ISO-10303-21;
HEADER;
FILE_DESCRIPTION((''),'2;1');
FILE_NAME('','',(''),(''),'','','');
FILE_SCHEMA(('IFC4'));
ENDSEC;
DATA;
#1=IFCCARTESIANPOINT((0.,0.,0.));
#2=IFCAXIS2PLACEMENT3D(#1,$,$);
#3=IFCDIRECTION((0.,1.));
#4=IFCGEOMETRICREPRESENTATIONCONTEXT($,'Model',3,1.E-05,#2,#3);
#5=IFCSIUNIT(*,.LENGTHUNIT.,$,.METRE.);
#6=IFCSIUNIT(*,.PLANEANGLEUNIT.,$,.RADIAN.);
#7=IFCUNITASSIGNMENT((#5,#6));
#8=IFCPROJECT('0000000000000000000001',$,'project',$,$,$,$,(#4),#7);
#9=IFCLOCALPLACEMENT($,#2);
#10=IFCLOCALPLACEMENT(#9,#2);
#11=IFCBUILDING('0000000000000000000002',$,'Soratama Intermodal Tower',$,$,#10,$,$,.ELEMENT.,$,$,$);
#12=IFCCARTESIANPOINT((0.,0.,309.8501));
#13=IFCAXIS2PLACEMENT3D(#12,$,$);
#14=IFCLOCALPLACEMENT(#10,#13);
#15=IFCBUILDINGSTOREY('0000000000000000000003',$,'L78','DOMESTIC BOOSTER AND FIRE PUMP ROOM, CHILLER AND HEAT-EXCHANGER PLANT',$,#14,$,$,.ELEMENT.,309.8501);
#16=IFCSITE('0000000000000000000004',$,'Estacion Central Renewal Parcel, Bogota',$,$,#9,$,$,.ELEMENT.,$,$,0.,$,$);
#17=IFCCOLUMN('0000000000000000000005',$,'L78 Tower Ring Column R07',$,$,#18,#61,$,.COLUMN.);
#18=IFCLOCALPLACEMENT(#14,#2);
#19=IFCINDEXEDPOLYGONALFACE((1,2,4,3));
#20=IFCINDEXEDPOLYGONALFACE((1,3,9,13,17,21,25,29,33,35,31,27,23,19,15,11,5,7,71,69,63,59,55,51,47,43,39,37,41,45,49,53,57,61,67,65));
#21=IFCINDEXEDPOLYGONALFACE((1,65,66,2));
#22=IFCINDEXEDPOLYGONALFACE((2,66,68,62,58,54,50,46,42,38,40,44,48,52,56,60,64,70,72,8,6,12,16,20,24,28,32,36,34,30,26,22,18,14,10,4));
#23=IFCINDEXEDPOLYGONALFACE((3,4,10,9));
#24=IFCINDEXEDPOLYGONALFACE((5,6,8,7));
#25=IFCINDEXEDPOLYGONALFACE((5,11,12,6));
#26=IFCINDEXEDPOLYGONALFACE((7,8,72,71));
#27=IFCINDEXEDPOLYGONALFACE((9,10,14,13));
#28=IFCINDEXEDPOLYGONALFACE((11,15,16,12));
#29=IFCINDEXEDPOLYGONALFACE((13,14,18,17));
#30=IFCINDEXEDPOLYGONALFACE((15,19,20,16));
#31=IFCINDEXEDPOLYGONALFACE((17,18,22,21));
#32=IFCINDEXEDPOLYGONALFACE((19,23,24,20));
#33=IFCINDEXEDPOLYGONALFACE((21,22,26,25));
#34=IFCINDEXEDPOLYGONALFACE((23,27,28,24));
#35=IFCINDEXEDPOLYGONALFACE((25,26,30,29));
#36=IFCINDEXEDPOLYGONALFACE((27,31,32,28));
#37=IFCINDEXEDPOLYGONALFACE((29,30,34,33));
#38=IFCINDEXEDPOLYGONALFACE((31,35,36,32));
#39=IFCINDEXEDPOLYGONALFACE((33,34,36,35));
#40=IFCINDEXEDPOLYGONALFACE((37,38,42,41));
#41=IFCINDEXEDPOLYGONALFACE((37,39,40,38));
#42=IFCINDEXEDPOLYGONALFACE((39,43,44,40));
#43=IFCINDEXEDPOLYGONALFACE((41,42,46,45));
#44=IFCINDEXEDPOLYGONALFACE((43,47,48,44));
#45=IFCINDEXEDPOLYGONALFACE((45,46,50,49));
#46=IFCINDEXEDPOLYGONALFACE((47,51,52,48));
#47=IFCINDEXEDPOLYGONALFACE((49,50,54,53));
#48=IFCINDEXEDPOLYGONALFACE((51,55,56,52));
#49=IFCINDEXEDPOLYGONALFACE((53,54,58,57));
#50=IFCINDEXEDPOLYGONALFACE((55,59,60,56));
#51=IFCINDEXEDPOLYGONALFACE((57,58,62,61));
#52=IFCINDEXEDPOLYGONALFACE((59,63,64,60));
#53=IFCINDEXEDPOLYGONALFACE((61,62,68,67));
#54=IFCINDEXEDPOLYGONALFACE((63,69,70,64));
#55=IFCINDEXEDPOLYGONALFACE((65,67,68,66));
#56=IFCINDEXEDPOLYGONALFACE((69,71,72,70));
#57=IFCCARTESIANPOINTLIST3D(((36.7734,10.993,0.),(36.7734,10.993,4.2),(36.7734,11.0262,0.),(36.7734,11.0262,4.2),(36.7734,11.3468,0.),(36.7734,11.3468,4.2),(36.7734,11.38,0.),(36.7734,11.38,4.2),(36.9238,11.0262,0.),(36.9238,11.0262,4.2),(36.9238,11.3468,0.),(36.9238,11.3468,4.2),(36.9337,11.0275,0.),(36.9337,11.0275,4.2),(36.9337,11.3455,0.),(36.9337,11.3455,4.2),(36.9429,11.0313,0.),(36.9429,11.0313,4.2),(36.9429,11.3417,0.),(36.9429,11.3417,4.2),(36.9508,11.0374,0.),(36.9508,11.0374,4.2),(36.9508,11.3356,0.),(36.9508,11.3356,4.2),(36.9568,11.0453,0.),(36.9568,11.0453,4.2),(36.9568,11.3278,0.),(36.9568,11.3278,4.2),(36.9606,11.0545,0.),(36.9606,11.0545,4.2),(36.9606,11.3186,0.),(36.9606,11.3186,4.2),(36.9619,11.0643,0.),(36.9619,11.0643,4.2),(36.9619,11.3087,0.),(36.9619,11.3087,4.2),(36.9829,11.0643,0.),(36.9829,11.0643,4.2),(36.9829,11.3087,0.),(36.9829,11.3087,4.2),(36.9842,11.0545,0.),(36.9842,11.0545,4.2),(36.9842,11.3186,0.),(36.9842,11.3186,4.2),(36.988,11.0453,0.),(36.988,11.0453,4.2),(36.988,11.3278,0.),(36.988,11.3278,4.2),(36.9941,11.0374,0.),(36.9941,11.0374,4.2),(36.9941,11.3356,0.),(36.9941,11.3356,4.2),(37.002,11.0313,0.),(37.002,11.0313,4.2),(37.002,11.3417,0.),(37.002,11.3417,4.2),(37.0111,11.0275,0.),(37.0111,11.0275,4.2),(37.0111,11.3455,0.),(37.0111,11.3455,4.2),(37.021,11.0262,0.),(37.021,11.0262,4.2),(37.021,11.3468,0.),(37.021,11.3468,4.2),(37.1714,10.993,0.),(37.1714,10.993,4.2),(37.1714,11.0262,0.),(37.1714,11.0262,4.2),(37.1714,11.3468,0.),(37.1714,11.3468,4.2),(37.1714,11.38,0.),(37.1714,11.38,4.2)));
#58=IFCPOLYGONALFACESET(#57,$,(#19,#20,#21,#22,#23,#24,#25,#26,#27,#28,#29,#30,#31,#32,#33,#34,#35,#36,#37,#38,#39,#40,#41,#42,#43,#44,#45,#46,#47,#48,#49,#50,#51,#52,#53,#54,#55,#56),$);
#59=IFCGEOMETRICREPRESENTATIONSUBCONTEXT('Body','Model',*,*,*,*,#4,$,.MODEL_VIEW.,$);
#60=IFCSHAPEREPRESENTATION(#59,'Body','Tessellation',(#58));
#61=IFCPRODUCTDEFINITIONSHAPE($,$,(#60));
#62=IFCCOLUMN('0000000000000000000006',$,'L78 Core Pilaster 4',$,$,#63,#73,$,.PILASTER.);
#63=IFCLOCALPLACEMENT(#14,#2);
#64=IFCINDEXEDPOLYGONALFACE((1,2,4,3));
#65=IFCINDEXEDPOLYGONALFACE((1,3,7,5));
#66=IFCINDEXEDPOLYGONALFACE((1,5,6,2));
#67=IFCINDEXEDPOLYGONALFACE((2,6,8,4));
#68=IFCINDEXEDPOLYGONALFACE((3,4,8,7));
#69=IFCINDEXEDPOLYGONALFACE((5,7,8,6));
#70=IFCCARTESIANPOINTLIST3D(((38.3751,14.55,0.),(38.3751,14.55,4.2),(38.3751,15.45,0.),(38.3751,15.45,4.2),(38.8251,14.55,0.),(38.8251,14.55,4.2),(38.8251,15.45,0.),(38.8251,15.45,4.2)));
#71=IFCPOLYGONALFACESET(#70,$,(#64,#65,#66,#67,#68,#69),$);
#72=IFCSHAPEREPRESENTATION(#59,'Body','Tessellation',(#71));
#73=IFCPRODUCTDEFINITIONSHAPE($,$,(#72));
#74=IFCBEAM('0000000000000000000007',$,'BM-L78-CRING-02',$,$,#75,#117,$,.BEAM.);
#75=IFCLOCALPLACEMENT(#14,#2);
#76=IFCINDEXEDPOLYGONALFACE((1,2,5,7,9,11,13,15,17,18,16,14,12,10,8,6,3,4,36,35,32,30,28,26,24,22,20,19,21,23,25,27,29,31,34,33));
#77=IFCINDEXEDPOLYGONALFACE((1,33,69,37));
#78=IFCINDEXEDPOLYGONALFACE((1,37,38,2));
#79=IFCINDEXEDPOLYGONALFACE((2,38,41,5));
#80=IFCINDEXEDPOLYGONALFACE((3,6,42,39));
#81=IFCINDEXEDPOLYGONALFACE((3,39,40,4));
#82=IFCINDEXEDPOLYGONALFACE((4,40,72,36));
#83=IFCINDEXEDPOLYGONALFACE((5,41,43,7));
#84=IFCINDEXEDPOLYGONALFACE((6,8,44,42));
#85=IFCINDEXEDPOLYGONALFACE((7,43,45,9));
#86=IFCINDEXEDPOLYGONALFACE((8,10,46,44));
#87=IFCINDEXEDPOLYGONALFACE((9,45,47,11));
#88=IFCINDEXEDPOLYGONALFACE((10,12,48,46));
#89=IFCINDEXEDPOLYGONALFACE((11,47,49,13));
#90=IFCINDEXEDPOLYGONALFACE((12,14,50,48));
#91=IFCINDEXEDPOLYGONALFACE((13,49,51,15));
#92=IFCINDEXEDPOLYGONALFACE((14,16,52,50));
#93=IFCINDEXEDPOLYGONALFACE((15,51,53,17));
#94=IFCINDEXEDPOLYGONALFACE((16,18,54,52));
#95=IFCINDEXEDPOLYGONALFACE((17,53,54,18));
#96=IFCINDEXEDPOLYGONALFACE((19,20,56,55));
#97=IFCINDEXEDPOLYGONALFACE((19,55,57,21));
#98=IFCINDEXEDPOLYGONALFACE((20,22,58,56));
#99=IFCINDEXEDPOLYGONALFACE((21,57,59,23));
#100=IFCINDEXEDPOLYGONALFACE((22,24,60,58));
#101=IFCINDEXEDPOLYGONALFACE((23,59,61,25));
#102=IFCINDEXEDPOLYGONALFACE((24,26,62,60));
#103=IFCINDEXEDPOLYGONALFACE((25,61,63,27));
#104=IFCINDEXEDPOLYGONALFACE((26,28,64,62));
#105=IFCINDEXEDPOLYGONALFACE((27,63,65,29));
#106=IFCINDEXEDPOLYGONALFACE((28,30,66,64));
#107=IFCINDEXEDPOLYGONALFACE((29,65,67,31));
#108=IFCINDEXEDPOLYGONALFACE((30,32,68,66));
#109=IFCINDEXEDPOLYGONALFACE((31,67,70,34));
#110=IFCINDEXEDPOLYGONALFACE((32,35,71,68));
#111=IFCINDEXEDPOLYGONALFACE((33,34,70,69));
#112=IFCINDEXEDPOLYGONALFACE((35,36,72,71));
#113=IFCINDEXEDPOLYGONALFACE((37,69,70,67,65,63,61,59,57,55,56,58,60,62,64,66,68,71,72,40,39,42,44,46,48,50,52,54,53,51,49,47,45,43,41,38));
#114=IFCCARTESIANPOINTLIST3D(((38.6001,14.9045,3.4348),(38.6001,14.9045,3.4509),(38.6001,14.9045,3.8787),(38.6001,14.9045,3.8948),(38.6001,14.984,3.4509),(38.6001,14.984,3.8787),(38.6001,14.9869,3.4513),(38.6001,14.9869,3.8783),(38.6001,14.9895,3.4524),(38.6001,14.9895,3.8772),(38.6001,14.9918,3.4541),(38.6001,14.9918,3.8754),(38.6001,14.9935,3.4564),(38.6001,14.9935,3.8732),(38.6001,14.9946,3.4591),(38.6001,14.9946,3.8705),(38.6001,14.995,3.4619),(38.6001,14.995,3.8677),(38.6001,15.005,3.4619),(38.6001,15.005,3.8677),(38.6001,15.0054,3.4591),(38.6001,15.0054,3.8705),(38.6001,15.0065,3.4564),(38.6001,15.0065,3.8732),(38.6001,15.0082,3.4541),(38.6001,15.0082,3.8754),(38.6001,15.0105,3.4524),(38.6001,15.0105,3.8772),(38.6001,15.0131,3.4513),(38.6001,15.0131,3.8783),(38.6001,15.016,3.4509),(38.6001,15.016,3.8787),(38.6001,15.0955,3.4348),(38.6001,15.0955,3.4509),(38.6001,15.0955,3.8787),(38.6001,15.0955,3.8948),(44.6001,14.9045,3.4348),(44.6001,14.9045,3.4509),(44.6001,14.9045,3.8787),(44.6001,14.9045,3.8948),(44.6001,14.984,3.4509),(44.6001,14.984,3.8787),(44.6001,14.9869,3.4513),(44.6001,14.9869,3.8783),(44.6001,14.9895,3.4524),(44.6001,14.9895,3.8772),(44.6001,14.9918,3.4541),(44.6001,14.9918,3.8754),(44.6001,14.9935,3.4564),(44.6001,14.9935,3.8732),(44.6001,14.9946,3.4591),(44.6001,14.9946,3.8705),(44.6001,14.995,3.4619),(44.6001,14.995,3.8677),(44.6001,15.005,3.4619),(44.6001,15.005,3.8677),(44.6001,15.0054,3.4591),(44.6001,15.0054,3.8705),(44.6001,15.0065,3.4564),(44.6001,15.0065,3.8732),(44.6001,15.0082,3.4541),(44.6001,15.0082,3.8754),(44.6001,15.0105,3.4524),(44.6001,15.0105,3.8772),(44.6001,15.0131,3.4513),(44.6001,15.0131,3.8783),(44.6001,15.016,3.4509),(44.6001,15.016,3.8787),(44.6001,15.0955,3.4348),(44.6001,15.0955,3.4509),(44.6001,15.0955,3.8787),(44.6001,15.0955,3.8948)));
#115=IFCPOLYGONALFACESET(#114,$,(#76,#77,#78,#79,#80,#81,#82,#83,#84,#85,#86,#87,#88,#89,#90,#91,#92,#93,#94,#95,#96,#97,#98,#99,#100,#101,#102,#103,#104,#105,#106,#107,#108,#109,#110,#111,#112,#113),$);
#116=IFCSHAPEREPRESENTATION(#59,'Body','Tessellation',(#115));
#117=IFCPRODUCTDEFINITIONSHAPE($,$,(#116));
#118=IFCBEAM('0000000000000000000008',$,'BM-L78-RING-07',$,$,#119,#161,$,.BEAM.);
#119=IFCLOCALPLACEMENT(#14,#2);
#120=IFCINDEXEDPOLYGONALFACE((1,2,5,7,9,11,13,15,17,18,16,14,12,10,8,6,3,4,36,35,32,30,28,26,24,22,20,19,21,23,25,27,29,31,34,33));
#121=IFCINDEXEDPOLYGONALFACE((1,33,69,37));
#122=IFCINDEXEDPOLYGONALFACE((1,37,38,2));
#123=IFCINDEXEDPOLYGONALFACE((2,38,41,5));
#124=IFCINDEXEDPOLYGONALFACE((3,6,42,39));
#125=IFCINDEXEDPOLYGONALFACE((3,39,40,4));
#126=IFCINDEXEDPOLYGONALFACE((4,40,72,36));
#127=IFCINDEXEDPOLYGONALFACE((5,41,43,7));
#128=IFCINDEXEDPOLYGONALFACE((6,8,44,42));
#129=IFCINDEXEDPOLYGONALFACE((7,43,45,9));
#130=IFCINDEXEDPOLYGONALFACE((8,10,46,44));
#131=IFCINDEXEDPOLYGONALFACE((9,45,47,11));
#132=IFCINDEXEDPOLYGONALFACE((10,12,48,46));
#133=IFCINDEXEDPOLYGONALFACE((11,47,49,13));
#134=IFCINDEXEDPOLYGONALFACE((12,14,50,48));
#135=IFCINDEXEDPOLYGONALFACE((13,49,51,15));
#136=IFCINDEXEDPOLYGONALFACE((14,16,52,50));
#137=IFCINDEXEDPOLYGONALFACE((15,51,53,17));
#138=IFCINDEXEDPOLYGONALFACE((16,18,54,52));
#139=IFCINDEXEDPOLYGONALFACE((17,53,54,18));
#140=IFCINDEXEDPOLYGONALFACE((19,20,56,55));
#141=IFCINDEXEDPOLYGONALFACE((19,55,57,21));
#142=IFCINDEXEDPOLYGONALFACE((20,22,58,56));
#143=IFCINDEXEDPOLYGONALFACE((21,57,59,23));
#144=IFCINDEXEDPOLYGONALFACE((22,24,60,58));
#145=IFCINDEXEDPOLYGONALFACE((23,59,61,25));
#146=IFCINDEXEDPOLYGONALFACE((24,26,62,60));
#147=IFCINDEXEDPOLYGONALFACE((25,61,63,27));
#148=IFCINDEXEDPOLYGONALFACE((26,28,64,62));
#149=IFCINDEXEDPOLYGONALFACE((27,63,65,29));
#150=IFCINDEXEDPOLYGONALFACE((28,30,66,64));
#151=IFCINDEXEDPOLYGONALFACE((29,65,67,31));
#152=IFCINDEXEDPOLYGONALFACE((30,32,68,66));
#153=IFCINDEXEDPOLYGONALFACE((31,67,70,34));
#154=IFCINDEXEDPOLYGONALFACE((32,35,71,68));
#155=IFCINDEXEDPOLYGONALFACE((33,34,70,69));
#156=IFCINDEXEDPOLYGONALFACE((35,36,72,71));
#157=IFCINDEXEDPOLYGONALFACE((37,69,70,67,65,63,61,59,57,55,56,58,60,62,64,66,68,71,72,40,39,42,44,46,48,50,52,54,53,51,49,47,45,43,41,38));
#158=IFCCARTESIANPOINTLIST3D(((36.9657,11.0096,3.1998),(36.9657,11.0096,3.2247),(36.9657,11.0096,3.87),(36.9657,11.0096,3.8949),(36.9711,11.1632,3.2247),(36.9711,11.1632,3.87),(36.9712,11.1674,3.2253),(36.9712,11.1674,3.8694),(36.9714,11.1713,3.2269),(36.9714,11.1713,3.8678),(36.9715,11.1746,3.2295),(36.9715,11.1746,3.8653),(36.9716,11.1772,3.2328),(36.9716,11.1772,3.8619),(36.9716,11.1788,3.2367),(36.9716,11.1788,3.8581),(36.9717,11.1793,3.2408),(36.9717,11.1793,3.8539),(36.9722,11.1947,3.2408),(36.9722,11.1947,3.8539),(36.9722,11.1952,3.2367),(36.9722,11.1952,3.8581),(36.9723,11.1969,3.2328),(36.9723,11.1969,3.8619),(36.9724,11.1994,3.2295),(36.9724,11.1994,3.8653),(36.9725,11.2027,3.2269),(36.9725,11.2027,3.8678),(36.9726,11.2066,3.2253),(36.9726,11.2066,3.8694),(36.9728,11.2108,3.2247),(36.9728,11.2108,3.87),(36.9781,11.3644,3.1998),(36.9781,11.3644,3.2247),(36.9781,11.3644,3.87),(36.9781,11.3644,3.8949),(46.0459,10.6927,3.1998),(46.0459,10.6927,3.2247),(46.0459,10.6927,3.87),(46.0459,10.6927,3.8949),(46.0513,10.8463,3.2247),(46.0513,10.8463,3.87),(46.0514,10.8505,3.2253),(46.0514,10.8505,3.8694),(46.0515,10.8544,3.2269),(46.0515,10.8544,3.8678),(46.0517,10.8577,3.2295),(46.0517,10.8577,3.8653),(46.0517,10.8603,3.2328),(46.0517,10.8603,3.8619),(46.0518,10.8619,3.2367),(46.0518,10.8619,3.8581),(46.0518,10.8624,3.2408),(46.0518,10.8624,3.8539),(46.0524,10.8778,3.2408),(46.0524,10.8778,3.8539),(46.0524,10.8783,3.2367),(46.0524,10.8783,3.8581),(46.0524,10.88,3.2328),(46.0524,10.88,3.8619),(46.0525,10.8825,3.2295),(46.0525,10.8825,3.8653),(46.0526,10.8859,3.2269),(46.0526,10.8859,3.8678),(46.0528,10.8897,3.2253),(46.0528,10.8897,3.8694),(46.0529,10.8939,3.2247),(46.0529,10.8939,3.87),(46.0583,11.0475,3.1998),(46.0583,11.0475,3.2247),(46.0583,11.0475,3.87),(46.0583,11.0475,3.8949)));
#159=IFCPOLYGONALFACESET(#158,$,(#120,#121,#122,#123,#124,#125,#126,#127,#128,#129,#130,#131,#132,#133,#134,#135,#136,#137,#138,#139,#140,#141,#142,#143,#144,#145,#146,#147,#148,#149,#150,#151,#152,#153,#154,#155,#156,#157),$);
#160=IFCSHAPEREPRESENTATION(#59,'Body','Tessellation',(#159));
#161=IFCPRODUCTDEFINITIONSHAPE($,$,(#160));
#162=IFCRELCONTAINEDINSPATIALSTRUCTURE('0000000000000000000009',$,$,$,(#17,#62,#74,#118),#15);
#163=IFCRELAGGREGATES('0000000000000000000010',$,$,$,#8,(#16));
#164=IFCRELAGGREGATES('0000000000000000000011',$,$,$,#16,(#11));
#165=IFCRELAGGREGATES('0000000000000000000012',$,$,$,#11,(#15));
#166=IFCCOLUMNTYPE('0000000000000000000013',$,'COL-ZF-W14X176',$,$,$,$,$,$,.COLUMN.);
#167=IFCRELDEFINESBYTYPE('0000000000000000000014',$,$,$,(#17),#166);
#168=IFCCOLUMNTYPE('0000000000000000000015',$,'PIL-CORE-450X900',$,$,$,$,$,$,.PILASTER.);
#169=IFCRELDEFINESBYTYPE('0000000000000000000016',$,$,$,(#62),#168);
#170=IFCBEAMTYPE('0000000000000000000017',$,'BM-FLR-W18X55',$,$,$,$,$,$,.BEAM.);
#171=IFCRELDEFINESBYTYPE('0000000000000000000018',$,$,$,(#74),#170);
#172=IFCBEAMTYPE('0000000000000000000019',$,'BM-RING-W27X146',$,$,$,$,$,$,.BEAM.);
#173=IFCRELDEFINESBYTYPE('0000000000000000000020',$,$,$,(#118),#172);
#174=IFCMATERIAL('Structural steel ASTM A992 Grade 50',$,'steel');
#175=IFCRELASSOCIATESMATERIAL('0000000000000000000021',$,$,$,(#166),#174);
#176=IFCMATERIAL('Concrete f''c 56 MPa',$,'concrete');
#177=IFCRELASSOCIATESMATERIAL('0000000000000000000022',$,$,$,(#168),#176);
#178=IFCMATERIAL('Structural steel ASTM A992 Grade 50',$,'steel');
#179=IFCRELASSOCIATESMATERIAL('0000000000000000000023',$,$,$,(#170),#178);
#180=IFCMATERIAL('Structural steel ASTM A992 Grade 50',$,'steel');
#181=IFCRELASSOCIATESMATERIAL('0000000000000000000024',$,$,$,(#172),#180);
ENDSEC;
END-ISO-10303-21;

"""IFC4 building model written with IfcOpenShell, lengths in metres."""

from ifc_helpers import new_model, si_unit, direction, frame, origin, origin_2d, place, context, subcontext, project, spatial, rectangle, i_section, extrude, material, material_profile, profile_set, type_object, element, save


model = new_model("IFC4")

# Units and contexts
model_context = context("Model", 3, precision=1e-05, world=origin(), true_north=direction((0.0, 1.0)))
body_context = subcontext(model_context, "Body", "Model", "MODEL_VIEW")
ifc_project = project(units=[si_unit("LENGTHUNIT", "METRE"), si_unit("PLANEANGLEUNIT", "RADIAN")], contexts=[model_context])

# Site, building, storey
site_placement = place(None, origin())
site = spatial("IfcSite", under=ifc_project, at=site_placement, Name="Estacion Central Renewal Parcel, Bogota", CompositionType="ELEMENT", RefElevation=0.0)
building_placement = place(site_placement, origin())
building = spatial("IfcBuilding", under=site, at=building_placement, Name="Soratama Intermodal Tower", CompositionType="ELEMENT")
storey_placement = place(building_placement, frame((0.0, 0.0, 309.8501)))
storey = spatial("IfcBuildingStorey", under=building, at=storey_placement, Name="L78", Description="DOMESTIC BOOSTER AND FIRE PUMP ROOM, CHILLER AND HEAT-EXCHANGER PLANT", CompositionType="ELEMENT", Elevation=309.8501)

# Columns
ifc_material_1 = material(Name="Structural steel ASTM A992 Grade 50", Category="steel")
ifc_material_profile_1 = material_profile(ifc_material_1, i_section(OverallWidth=0.3979, OverallDepth=0.387, WebThickness=0.021, FlangeThickness=0.0332, FilletRadius=0.0381, at=origin_2d()), Name="W14X176")
ifc_profile_set_1 = profile_set([ifc_material_profile_1], Name="Structural steel ASTM A992 Grade 50")
column_type_1 = type_object("IfcColumnType", Name="COL-ZF-W14X176", PredefinedType="COLUMN", material=ifc_profile_set_1)
column_1_placement = place(storey_placement, frame((36.9724, 11.1865, 0.0), z_axis=(0.0, 0.0, 1.0), x_axis=(1.0, 0.0, 0.0)))
element("IfcColumn", 1, at=column_1_placement, inside=storey, type_object=column_type_1, Name="L78 Tower Ring Column R07", PredefinedType="COLUMN", context=body_context, shape_type="SweptSolid", body=[
    extrude(i_section(OverallWidth=0.3979, OverallDepth=0.387, WebThickness=0.021, FlangeThickness=0.0332, FilletRadius=0.0381, at=origin_2d()), origin(), (0.0, 0.0, 1.0), 4.2),
])
ifc_material_2 = material(Name="Concrete f'c 56 MPa", Category="concrete")
ifc_material_profile_2 = material_profile(ifc_material_2, rectangle(XDim=0.45, YDim=0.8999, at=origin_2d()), Name="RC450X900")
ifc_profile_set_2 = profile_set([ifc_material_profile_2], Name="Concrete f'c 56 MPa")
column_type_2 = type_object("IfcColumnType", Name="PIL-CORE-450X900", PredefinedType="PILASTER", material=ifc_profile_set_2)
column_2_placement = place(storey_placement, frame((38.6001, 15.0, 0.0), z_axis=(0.0, 0.0, 1.0), x_axis=(1.0, 0.0, 0.0)))
element("IfcColumn", 2, at=column_2_placement, inside=storey, type_object=column_type_2, Name="L78 Core Pilaster 4", PredefinedType="PILASTER", context=body_context, shape_type="SweptSolid", body=[
    extrude(rectangle(XDim=0.45, YDim=0.8999, at=origin_2d()), origin(), (0.0, 0.0, 1.0), 4.2),
])

# Beams
ifc_material_3 = material(Name="Structural steel ASTM A992 Grade 50", Category="steel")
ifc_material_profile_3 = material_profile(ifc_material_3, i_section(OverallWidth=0.1909, OverallDepth=0.46, WebThickness=0.01, FlangeThickness=0.0161, FilletRadius=0.011, at=origin_2d()), Name="W18X55")
ifc_profile_set_3 = profile_set([ifc_material_profile_3], Name="Structural steel ASTM A992 Grade 50")
beam_type_1 = type_object("IfcBeamType", Name="BM-FLR-W18X55", PredefinedType="BEAM", material=ifc_profile_set_3)
beam_1_placement = place(storey_placement, frame((38.6001, 15.0, 3.6648), z_axis=(1.0, 0.0, 0.0), x_axis=(0.0, 1.0, 0.0)))
element("IfcBeam", 3, at=beam_1_placement, inside=storey, type_object=beam_type_1, Name="BM-L78-CRING-02", PredefinedType="BEAM", context=body_context, shape_type="SweptSolid", body=[
    extrude(i_section(OverallWidth=0.1909, OverallDepth=0.46, WebThickness=0.01, FlangeThickness=0.0161, FilletRadius=0.011, at=origin_2d()), origin(), (0.0, 0.0, 1.0), 6.0),
])
ifc_material_4 = material(Name="Structural steel ASTM A992 Grade 50", Category="steel")
ifc_material_profile_4 = material_profile(ifc_material_4, i_section(OverallWidth=0.355, OverallDepth=0.6951, WebThickness=0.0154, FlangeThickness=0.0249, FilletRadius=0.0161, at=origin_2d()), Name="W27X146")
ifc_profile_set_4 = profile_set([ifc_material_profile_4], Name="Structural steel ASTM A992 Grade 50")
beam_type_2 = type_object("IfcBeamType", Name="BM-RING-W27X146", PredefinedType="BEAM", material=ifc_profile_set_4)
beam_2_placement = place(storey_placement, frame((36.9719, 11.187, 3.5474), z_axis=(0.999392, -0.034879, 0.0), x_axis=(0.034879, 0.999392, 0.0)))
element("IfcBeam", 4, at=beam_2_placement, inside=storey, type_object=beam_type_2, Name="BM-L78-RING-07", PredefinedType="BEAM", context=body_context, shape_type="SweptSolid", body=[
    extrude(i_section(OverallWidth=0.355, OverallDepth=0.6951, WebThickness=0.0154, FlangeThickness=0.0249, FilletRadius=0.0161, at=origin_2d()), origin(), (0.0, 0.0, 1.0), 9.0857),
])

save(model, "model.ifc")
